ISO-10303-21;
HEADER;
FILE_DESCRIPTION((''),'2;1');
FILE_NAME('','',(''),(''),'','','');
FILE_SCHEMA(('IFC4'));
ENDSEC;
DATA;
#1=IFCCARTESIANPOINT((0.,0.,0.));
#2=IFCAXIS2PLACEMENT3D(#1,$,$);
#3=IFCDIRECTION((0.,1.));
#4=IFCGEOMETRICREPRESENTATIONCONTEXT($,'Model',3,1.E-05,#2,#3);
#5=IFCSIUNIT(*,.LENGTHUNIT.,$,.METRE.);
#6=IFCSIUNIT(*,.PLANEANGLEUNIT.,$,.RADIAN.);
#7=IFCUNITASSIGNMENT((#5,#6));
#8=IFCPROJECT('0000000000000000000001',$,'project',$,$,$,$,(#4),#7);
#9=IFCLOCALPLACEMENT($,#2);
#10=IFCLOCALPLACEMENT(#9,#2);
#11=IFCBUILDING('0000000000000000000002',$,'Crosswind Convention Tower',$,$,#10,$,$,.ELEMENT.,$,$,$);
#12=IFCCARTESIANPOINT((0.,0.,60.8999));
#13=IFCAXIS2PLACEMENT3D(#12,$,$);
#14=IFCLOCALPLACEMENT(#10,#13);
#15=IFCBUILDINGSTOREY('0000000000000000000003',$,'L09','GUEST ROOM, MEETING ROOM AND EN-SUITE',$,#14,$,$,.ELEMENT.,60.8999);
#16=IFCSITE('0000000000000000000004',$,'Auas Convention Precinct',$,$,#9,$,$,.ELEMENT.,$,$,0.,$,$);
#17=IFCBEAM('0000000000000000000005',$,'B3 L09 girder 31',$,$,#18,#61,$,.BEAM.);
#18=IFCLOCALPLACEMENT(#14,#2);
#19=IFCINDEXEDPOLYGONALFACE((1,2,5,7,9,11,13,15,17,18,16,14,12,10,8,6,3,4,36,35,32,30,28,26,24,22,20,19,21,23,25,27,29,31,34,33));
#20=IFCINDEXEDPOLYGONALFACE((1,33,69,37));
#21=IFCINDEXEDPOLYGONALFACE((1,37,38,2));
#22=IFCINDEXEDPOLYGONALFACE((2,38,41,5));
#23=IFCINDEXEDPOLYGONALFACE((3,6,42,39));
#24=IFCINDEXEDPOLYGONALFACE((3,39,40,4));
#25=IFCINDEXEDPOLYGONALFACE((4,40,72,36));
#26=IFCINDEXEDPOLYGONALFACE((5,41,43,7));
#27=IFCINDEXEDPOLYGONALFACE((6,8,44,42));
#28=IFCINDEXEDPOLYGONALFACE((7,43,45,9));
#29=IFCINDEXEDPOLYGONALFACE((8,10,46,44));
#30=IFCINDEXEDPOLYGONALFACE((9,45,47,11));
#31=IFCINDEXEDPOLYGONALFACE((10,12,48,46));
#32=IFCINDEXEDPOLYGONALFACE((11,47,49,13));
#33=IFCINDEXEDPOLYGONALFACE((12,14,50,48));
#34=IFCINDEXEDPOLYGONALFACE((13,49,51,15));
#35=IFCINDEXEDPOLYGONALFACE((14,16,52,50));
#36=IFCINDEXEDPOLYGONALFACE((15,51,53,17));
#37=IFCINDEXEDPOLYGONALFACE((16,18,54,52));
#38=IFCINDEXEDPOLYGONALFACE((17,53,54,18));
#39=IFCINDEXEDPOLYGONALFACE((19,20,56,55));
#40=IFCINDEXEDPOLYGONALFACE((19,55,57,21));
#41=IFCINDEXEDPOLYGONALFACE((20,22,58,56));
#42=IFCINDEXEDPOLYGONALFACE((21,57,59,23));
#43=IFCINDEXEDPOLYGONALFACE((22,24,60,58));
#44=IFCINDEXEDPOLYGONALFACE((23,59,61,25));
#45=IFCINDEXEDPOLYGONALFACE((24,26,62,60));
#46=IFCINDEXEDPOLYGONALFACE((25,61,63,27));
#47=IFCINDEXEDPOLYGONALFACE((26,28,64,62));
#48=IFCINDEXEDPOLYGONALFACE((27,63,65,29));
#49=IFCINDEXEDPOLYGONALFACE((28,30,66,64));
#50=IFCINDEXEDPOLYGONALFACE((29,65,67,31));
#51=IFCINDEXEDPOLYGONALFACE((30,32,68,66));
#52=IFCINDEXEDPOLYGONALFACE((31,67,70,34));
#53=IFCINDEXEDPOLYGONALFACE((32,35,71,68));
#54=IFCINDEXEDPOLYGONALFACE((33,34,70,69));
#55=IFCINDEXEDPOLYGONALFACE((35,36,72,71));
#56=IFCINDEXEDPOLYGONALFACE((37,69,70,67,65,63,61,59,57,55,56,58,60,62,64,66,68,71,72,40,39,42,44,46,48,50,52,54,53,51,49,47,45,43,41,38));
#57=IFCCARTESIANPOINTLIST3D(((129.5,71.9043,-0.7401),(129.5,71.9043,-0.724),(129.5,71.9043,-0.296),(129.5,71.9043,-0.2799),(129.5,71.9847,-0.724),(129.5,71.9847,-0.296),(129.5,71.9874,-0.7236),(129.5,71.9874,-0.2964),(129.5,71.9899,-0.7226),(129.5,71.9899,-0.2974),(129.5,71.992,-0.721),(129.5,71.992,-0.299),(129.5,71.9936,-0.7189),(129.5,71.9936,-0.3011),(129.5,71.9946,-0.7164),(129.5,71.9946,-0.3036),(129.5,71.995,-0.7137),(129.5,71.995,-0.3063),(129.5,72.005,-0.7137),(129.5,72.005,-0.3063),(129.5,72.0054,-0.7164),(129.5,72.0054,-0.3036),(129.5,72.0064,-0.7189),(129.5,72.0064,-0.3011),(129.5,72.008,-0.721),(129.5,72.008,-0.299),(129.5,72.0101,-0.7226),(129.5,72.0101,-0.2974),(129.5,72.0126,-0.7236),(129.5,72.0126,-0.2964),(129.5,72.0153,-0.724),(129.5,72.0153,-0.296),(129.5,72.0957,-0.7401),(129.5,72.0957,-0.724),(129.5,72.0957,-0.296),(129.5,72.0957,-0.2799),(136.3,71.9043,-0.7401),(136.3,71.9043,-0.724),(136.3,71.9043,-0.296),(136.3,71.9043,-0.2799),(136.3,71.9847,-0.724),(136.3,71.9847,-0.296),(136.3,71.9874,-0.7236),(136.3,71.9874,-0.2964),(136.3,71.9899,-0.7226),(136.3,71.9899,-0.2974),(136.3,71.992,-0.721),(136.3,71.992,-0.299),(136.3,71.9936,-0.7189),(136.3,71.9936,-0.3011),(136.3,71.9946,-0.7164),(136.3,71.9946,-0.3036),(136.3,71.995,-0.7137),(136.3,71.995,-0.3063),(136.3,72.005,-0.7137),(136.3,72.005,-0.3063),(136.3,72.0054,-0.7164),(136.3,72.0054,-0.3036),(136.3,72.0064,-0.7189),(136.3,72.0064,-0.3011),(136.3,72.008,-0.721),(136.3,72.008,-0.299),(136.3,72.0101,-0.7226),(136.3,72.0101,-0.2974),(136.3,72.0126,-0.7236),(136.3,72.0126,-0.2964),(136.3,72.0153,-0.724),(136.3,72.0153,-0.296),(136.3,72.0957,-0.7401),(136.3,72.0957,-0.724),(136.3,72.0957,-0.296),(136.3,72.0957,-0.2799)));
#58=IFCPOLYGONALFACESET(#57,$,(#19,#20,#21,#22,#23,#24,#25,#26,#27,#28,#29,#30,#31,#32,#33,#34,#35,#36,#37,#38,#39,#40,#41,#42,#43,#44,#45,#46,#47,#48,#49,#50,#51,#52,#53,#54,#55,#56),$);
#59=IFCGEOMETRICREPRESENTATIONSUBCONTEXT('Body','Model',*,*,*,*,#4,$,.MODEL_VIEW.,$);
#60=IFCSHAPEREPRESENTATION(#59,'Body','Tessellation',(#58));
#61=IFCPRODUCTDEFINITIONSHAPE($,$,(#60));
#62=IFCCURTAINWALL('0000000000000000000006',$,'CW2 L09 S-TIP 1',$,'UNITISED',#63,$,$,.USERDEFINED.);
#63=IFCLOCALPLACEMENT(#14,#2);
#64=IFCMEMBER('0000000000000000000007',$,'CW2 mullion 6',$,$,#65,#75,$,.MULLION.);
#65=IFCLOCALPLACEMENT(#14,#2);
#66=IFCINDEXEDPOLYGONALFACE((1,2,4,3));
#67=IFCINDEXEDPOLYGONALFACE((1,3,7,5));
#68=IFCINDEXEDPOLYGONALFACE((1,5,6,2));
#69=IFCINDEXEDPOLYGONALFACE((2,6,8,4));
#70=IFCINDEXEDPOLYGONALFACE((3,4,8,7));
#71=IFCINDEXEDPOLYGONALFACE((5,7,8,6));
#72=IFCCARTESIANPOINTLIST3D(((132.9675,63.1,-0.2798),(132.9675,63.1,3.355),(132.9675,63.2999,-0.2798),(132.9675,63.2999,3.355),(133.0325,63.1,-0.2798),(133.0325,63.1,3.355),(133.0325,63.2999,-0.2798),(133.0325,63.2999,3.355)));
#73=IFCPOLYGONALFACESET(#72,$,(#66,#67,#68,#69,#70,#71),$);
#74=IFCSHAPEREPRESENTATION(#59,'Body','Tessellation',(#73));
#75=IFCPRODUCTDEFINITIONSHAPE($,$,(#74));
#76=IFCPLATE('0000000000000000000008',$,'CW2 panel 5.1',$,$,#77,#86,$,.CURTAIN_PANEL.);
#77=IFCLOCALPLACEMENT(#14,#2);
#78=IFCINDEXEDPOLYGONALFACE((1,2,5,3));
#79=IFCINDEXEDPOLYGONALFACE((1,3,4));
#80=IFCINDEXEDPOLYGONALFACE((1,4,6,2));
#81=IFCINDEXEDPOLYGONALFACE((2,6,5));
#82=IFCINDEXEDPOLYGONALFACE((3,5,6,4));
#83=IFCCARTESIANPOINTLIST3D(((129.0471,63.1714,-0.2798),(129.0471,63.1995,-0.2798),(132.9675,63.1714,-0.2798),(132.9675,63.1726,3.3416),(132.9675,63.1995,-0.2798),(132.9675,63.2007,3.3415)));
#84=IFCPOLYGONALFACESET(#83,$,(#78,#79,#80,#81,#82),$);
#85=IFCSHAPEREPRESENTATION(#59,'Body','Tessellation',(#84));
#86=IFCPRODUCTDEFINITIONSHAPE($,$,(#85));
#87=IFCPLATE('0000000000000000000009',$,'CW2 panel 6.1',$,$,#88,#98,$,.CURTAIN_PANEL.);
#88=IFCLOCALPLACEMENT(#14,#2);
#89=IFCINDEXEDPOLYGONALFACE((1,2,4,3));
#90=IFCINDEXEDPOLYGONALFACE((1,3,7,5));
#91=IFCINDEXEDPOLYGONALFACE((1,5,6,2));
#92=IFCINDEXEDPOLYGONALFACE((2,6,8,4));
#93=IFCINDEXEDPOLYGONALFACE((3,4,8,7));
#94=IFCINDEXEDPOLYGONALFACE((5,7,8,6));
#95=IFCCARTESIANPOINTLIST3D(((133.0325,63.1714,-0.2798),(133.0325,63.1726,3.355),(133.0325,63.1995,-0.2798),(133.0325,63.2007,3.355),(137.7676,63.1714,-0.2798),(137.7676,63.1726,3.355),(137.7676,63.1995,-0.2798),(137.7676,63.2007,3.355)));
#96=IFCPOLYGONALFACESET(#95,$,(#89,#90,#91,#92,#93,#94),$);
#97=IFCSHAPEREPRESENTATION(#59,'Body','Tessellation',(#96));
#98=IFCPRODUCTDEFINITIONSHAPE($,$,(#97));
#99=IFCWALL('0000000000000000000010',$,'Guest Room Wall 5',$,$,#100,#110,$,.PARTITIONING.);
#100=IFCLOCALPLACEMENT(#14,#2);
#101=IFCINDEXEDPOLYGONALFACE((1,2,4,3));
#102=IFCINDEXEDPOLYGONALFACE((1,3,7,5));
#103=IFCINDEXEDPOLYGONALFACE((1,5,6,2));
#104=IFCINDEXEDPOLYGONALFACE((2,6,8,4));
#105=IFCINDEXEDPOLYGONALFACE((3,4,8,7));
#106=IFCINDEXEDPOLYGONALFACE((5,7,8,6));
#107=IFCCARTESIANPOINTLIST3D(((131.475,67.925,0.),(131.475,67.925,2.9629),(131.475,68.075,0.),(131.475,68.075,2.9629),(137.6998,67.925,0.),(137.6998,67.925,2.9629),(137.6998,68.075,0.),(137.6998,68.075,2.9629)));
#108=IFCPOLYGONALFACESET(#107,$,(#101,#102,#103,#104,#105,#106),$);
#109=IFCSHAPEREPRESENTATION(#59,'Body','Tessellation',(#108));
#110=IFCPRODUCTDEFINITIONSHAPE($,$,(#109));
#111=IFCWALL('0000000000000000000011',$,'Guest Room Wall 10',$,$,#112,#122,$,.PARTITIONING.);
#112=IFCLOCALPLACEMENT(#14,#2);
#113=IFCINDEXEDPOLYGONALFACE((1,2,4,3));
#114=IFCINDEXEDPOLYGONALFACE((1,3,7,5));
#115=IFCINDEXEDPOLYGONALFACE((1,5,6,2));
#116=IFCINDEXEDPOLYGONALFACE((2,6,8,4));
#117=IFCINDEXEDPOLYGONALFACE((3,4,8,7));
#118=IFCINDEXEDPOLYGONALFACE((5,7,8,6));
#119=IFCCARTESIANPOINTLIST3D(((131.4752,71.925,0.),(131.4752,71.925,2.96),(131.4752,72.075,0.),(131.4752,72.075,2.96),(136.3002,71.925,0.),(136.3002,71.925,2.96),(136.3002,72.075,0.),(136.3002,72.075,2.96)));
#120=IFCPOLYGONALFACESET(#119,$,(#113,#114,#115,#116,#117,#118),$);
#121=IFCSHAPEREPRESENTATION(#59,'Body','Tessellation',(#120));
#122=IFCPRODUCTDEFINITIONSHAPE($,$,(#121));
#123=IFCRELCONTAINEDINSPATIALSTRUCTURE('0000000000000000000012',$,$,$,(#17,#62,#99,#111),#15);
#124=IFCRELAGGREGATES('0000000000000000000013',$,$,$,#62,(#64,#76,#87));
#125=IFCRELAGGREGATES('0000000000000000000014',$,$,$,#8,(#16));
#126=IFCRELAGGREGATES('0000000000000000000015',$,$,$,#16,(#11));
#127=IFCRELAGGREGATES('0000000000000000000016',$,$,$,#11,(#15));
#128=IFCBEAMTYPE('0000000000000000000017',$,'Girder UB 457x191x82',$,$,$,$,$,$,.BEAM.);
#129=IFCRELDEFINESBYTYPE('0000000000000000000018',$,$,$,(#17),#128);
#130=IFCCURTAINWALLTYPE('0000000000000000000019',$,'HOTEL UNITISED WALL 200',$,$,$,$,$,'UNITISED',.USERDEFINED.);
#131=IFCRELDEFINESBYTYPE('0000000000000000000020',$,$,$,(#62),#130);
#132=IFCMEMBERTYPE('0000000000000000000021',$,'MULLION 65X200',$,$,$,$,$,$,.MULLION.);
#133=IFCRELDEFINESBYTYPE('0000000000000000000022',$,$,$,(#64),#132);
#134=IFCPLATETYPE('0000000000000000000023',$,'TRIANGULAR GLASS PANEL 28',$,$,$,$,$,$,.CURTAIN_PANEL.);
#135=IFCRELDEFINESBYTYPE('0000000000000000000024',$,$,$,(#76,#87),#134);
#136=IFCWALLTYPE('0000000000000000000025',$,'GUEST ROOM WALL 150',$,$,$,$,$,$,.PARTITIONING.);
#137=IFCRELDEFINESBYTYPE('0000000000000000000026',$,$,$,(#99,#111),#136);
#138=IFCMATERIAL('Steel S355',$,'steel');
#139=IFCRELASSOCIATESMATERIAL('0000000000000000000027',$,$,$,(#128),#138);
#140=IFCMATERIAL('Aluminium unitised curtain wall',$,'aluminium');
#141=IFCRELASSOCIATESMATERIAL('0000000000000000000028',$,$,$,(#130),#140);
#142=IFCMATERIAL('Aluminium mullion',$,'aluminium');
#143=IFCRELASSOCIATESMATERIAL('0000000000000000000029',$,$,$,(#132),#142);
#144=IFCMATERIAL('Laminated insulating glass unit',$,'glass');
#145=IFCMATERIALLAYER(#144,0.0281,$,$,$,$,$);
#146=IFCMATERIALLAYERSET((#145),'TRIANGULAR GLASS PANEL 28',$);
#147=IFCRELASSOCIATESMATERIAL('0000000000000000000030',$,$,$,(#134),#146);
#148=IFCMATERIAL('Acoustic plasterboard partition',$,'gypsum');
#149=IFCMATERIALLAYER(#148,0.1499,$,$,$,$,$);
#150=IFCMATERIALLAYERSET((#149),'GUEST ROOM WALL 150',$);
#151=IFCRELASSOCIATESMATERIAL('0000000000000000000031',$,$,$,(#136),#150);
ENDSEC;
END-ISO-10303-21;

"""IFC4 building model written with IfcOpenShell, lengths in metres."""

from ifc_helpers import new_model, si_unit, direction, frame, frame_2d, origin, origin_2d, place, context, subcontext, project, spatial, polyline, rectangle, i_section, outline, extrude, material, layer, layer_set, material_profile, profile_set, type_object, element, aggregate, save


model = new_model("IFC4")

# Units and contexts
model_context = context("Model", 3, precision=1e-05, world=origin(), true_north=direction((0.0, 1.0)))
body_context = subcontext(model_context, "Body", "Model", "MODEL_VIEW")
ifc_project = project(units=[si_unit("LENGTHUNIT", "METRE"), si_unit("PLANEANGLEUNIT", "RADIAN")], contexts=[model_context])

# Site, building, storey
site_placement = place(None, origin())
site = spatial("IfcSite", under=ifc_project, at=site_placement, Name="Auas Convention Precinct", CompositionType="ELEMENT", RefElevation=0.0)
building_placement = place(site_placement, origin())
building = spatial("IfcBuilding", under=site, at=building_placement, Name="Crosswind Convention Tower", CompositionType="ELEMENT")
storey_placement = place(building_placement, frame((0.0, 0.0, 60.8999)))
storey = spatial("IfcBuildingStorey", under=building, at=storey_placement, Name="L09", Description="GUEST ROOM, MEETING ROOM AND EN-SUITE", CompositionType="ELEMENT", Elevation=60.8999)

# Beam
ifc_material_1 = material(Name="Steel S355", Category="steel")
ifc_material_profile_1 = material_profile(ifc_material_1, i_section(OverallWidth=0.1914, OverallDepth=0.4602, WebThickness=0.01, FlangeThickness=0.0161, FilletRadius=0.0103, at=origin_2d()), Name="UB 457x191x82")
ifc_profile_set_1 = profile_set([ifc_material_profile_1], Name="Steel S355")
beam_type_1 = type_object("IfcBeamType", Name="Girder UB 457x191x82", PredefinedType="BEAM", material=ifc_profile_set_1)
beam_1_placement = place(storey_placement, frame((129.5, 72.0, -0.51), z_axis=(1.0, 0.0, 0.0), x_axis=(0.0, 1.0, 0.0)))
element("IfcBeam", 1, at=beam_1_placement, inside=storey, type_object=beam_type_1, Name="B3 L09 girder 31", PredefinedType="BEAM", context=body_context, shape_type="SweptSolid", body=[
    extrude(i_section(OverallWidth=0.1914, OverallDepth=0.4602, WebThickness=0.01, FlangeThickness=0.0161, FilletRadius=0.0103, at=origin_2d()), origin(), (0.0, 0.0, 1.0), 6.8),
])

# Curtain wall, member, plates
ifc_material_2 = material(Name="Aluminium unitised curtain wall", Category="aluminium")
curtain_wall_type = type_object("IfcCurtainWallType", Name="HOTEL UNITISED WALL 200", ElementType="UNITISED", PredefinedType="USERDEFINED", material=ifc_material_2)
curtain_wall_placement = place(storey_placement, origin())
curtain_wall = element("IfcCurtainWall", 2, at=curtain_wall_placement, inside=storey, type_object=curtain_wall_type, Name="CW2 L09 S-TIP 1", ObjectType="UNITISED", PredefinedType="USERDEFINED")
ifc_material_3 = material(Name="Aluminium mullion", Category="aluminium")
ifc_material_profile_2 = material_profile(ifc_material_3, rectangle(XDim=0.2, YDim=0.0649, at=origin_2d()), Name="AL 200X65")
ifc_profile_set_2 = profile_set([ifc_material_profile_2], Name="Aluminium mullion")
member_type = type_object("IfcMemberType", Name="MULLION 65X200", PredefinedType="MULLION", material=ifc_profile_set_2)
member_placement = place(storey_placement, frame((133.0, 63.2, -0.2798), z_axis=(0.0, 0.0, 1.0), x_axis=(0.0, -1.0, 0.0)))
member = element("IfcMember", 3, at=member_placement, type_object=member_type, Name="CW2 mullion 6", PredefinedType="MULLION", context=body_context, shape_type="SweptSolid", body=[
    extrude(rectangle(XDim=0.2, YDim=0.0649, at=origin_2d()), origin(), (0.0, 0.0, 1.0), 3.6348),
])
ifc_material_4 = material(Name="Laminated insulating glass unit", Category="glass")
ifc_layer_1 = layer(ifc_material_4, 0.0281)
ifc_layer_set_1 = layer_set([ifc_layer_1], Name="TRIANGULAR GLASS PANEL 28")
plate_type = type_object("IfcPlateType", Name="TRIANGULAR GLASS PANEL 28", PredefinedType="CURTAIN_PANEL", material=ifc_layer_set_1)
plate_1_placement = place(storey_placement, frame((132.9675, 63.1714, -0.2798), z_axis=(0.0, -1.0, 0.000337), x_axis=(0.0, 0.000337, 1.0)))
plate_1 = element("IfcPlate", 4, at=plate_1_placement, type_object=plate_type, Name="CW2 panel 5.1", PredefinedType="CURTAIN_PANEL", context=body_context, shape_type="SweptSolid", body=[
    extrude(outline(polyline([(0.0, 0.0), (3.6213, 0.0), (0.0, 3.9204), (0.0, 0.0)])), origin(), (0.0, 0.0, -1.0), 0.0281),
])
plate_2_placement = place(storey_placement, frame((133.0325, 63.1714, -0.2798), z_axis=(0.0, -1.0, 0.000336), x_axis=(1.0, 0.0, 0.0)))
plate_2 = element("IfcPlate", 5, at=plate_2_placement, type_object=plate_type, Name="CW2 panel 6.1", PredefinedType="CURTAIN_PANEL", context=body_context, shape_type="SweptSolid", body=[
    extrude(outline(polyline([(0.0, 0.0), (4.7351, 0.0), (4.7351, 3.6348), (0.0, 3.6348), (0.0, 0.0)])), origin(), (0.0, 0.0, -1.0), 0.0281),
])
aggregate(curtain_wall, [member, plate_1, plate_2])

# Walls
ifc_material_5 = material(Name="Acoustic plasterboard partition", Category="gypsum")
ifc_layer_2 = layer(ifc_material_5, 0.1499)
ifc_layer_set_2 = layer_set([ifc_layer_2], Name="GUEST ROOM WALL 150")
wall_type_1 = type_object("IfcWallType", Name="GUEST ROOM WALL 150", PredefinedType="PARTITIONING", material=ifc_layer_set_2)
wall_1_placement = place(storey_placement, frame((131.4751, 68.0, 0.0), z_axis=(0.0, 0.0, 1.0), x_axis=(1.0, 0.0, 0.0)))
element("IfcWall", 6, at=wall_1_placement, inside=storey, type_object=wall_type_1, Name="Guest Room Wall 5", PredefinedType="PARTITIONING", context=body_context, shape_type="SweptSolid", body=[
    extrude(rectangle(XDim=6.2249, YDim=0.1499, at=frame_2d((3.1123, 0.0))), origin(), (0.0, 0.0, 1.0), 2.9629),
])
wall_2_placement = place(storey_placement, frame((131.4751, 72.0, 0.0), z_axis=(0.0, 0.0, 1.0), x_axis=(1.0, 0.0, 0.0)))
element("IfcWall", 7, at=wall_2_placement, inside=storey, type_object=wall_type_1, Name="Guest Room Wall 10", PredefinedType="PARTITIONING", context=body_context, shape_type="SweptSolid", body=[
    extrude(rectangle(XDim=4.825, YDim=0.1499, at=frame_2d((2.4126, 0.0))), origin(), (0.0, 0.0, 1.0), 2.96),
])

save(model, "model.ifc")
